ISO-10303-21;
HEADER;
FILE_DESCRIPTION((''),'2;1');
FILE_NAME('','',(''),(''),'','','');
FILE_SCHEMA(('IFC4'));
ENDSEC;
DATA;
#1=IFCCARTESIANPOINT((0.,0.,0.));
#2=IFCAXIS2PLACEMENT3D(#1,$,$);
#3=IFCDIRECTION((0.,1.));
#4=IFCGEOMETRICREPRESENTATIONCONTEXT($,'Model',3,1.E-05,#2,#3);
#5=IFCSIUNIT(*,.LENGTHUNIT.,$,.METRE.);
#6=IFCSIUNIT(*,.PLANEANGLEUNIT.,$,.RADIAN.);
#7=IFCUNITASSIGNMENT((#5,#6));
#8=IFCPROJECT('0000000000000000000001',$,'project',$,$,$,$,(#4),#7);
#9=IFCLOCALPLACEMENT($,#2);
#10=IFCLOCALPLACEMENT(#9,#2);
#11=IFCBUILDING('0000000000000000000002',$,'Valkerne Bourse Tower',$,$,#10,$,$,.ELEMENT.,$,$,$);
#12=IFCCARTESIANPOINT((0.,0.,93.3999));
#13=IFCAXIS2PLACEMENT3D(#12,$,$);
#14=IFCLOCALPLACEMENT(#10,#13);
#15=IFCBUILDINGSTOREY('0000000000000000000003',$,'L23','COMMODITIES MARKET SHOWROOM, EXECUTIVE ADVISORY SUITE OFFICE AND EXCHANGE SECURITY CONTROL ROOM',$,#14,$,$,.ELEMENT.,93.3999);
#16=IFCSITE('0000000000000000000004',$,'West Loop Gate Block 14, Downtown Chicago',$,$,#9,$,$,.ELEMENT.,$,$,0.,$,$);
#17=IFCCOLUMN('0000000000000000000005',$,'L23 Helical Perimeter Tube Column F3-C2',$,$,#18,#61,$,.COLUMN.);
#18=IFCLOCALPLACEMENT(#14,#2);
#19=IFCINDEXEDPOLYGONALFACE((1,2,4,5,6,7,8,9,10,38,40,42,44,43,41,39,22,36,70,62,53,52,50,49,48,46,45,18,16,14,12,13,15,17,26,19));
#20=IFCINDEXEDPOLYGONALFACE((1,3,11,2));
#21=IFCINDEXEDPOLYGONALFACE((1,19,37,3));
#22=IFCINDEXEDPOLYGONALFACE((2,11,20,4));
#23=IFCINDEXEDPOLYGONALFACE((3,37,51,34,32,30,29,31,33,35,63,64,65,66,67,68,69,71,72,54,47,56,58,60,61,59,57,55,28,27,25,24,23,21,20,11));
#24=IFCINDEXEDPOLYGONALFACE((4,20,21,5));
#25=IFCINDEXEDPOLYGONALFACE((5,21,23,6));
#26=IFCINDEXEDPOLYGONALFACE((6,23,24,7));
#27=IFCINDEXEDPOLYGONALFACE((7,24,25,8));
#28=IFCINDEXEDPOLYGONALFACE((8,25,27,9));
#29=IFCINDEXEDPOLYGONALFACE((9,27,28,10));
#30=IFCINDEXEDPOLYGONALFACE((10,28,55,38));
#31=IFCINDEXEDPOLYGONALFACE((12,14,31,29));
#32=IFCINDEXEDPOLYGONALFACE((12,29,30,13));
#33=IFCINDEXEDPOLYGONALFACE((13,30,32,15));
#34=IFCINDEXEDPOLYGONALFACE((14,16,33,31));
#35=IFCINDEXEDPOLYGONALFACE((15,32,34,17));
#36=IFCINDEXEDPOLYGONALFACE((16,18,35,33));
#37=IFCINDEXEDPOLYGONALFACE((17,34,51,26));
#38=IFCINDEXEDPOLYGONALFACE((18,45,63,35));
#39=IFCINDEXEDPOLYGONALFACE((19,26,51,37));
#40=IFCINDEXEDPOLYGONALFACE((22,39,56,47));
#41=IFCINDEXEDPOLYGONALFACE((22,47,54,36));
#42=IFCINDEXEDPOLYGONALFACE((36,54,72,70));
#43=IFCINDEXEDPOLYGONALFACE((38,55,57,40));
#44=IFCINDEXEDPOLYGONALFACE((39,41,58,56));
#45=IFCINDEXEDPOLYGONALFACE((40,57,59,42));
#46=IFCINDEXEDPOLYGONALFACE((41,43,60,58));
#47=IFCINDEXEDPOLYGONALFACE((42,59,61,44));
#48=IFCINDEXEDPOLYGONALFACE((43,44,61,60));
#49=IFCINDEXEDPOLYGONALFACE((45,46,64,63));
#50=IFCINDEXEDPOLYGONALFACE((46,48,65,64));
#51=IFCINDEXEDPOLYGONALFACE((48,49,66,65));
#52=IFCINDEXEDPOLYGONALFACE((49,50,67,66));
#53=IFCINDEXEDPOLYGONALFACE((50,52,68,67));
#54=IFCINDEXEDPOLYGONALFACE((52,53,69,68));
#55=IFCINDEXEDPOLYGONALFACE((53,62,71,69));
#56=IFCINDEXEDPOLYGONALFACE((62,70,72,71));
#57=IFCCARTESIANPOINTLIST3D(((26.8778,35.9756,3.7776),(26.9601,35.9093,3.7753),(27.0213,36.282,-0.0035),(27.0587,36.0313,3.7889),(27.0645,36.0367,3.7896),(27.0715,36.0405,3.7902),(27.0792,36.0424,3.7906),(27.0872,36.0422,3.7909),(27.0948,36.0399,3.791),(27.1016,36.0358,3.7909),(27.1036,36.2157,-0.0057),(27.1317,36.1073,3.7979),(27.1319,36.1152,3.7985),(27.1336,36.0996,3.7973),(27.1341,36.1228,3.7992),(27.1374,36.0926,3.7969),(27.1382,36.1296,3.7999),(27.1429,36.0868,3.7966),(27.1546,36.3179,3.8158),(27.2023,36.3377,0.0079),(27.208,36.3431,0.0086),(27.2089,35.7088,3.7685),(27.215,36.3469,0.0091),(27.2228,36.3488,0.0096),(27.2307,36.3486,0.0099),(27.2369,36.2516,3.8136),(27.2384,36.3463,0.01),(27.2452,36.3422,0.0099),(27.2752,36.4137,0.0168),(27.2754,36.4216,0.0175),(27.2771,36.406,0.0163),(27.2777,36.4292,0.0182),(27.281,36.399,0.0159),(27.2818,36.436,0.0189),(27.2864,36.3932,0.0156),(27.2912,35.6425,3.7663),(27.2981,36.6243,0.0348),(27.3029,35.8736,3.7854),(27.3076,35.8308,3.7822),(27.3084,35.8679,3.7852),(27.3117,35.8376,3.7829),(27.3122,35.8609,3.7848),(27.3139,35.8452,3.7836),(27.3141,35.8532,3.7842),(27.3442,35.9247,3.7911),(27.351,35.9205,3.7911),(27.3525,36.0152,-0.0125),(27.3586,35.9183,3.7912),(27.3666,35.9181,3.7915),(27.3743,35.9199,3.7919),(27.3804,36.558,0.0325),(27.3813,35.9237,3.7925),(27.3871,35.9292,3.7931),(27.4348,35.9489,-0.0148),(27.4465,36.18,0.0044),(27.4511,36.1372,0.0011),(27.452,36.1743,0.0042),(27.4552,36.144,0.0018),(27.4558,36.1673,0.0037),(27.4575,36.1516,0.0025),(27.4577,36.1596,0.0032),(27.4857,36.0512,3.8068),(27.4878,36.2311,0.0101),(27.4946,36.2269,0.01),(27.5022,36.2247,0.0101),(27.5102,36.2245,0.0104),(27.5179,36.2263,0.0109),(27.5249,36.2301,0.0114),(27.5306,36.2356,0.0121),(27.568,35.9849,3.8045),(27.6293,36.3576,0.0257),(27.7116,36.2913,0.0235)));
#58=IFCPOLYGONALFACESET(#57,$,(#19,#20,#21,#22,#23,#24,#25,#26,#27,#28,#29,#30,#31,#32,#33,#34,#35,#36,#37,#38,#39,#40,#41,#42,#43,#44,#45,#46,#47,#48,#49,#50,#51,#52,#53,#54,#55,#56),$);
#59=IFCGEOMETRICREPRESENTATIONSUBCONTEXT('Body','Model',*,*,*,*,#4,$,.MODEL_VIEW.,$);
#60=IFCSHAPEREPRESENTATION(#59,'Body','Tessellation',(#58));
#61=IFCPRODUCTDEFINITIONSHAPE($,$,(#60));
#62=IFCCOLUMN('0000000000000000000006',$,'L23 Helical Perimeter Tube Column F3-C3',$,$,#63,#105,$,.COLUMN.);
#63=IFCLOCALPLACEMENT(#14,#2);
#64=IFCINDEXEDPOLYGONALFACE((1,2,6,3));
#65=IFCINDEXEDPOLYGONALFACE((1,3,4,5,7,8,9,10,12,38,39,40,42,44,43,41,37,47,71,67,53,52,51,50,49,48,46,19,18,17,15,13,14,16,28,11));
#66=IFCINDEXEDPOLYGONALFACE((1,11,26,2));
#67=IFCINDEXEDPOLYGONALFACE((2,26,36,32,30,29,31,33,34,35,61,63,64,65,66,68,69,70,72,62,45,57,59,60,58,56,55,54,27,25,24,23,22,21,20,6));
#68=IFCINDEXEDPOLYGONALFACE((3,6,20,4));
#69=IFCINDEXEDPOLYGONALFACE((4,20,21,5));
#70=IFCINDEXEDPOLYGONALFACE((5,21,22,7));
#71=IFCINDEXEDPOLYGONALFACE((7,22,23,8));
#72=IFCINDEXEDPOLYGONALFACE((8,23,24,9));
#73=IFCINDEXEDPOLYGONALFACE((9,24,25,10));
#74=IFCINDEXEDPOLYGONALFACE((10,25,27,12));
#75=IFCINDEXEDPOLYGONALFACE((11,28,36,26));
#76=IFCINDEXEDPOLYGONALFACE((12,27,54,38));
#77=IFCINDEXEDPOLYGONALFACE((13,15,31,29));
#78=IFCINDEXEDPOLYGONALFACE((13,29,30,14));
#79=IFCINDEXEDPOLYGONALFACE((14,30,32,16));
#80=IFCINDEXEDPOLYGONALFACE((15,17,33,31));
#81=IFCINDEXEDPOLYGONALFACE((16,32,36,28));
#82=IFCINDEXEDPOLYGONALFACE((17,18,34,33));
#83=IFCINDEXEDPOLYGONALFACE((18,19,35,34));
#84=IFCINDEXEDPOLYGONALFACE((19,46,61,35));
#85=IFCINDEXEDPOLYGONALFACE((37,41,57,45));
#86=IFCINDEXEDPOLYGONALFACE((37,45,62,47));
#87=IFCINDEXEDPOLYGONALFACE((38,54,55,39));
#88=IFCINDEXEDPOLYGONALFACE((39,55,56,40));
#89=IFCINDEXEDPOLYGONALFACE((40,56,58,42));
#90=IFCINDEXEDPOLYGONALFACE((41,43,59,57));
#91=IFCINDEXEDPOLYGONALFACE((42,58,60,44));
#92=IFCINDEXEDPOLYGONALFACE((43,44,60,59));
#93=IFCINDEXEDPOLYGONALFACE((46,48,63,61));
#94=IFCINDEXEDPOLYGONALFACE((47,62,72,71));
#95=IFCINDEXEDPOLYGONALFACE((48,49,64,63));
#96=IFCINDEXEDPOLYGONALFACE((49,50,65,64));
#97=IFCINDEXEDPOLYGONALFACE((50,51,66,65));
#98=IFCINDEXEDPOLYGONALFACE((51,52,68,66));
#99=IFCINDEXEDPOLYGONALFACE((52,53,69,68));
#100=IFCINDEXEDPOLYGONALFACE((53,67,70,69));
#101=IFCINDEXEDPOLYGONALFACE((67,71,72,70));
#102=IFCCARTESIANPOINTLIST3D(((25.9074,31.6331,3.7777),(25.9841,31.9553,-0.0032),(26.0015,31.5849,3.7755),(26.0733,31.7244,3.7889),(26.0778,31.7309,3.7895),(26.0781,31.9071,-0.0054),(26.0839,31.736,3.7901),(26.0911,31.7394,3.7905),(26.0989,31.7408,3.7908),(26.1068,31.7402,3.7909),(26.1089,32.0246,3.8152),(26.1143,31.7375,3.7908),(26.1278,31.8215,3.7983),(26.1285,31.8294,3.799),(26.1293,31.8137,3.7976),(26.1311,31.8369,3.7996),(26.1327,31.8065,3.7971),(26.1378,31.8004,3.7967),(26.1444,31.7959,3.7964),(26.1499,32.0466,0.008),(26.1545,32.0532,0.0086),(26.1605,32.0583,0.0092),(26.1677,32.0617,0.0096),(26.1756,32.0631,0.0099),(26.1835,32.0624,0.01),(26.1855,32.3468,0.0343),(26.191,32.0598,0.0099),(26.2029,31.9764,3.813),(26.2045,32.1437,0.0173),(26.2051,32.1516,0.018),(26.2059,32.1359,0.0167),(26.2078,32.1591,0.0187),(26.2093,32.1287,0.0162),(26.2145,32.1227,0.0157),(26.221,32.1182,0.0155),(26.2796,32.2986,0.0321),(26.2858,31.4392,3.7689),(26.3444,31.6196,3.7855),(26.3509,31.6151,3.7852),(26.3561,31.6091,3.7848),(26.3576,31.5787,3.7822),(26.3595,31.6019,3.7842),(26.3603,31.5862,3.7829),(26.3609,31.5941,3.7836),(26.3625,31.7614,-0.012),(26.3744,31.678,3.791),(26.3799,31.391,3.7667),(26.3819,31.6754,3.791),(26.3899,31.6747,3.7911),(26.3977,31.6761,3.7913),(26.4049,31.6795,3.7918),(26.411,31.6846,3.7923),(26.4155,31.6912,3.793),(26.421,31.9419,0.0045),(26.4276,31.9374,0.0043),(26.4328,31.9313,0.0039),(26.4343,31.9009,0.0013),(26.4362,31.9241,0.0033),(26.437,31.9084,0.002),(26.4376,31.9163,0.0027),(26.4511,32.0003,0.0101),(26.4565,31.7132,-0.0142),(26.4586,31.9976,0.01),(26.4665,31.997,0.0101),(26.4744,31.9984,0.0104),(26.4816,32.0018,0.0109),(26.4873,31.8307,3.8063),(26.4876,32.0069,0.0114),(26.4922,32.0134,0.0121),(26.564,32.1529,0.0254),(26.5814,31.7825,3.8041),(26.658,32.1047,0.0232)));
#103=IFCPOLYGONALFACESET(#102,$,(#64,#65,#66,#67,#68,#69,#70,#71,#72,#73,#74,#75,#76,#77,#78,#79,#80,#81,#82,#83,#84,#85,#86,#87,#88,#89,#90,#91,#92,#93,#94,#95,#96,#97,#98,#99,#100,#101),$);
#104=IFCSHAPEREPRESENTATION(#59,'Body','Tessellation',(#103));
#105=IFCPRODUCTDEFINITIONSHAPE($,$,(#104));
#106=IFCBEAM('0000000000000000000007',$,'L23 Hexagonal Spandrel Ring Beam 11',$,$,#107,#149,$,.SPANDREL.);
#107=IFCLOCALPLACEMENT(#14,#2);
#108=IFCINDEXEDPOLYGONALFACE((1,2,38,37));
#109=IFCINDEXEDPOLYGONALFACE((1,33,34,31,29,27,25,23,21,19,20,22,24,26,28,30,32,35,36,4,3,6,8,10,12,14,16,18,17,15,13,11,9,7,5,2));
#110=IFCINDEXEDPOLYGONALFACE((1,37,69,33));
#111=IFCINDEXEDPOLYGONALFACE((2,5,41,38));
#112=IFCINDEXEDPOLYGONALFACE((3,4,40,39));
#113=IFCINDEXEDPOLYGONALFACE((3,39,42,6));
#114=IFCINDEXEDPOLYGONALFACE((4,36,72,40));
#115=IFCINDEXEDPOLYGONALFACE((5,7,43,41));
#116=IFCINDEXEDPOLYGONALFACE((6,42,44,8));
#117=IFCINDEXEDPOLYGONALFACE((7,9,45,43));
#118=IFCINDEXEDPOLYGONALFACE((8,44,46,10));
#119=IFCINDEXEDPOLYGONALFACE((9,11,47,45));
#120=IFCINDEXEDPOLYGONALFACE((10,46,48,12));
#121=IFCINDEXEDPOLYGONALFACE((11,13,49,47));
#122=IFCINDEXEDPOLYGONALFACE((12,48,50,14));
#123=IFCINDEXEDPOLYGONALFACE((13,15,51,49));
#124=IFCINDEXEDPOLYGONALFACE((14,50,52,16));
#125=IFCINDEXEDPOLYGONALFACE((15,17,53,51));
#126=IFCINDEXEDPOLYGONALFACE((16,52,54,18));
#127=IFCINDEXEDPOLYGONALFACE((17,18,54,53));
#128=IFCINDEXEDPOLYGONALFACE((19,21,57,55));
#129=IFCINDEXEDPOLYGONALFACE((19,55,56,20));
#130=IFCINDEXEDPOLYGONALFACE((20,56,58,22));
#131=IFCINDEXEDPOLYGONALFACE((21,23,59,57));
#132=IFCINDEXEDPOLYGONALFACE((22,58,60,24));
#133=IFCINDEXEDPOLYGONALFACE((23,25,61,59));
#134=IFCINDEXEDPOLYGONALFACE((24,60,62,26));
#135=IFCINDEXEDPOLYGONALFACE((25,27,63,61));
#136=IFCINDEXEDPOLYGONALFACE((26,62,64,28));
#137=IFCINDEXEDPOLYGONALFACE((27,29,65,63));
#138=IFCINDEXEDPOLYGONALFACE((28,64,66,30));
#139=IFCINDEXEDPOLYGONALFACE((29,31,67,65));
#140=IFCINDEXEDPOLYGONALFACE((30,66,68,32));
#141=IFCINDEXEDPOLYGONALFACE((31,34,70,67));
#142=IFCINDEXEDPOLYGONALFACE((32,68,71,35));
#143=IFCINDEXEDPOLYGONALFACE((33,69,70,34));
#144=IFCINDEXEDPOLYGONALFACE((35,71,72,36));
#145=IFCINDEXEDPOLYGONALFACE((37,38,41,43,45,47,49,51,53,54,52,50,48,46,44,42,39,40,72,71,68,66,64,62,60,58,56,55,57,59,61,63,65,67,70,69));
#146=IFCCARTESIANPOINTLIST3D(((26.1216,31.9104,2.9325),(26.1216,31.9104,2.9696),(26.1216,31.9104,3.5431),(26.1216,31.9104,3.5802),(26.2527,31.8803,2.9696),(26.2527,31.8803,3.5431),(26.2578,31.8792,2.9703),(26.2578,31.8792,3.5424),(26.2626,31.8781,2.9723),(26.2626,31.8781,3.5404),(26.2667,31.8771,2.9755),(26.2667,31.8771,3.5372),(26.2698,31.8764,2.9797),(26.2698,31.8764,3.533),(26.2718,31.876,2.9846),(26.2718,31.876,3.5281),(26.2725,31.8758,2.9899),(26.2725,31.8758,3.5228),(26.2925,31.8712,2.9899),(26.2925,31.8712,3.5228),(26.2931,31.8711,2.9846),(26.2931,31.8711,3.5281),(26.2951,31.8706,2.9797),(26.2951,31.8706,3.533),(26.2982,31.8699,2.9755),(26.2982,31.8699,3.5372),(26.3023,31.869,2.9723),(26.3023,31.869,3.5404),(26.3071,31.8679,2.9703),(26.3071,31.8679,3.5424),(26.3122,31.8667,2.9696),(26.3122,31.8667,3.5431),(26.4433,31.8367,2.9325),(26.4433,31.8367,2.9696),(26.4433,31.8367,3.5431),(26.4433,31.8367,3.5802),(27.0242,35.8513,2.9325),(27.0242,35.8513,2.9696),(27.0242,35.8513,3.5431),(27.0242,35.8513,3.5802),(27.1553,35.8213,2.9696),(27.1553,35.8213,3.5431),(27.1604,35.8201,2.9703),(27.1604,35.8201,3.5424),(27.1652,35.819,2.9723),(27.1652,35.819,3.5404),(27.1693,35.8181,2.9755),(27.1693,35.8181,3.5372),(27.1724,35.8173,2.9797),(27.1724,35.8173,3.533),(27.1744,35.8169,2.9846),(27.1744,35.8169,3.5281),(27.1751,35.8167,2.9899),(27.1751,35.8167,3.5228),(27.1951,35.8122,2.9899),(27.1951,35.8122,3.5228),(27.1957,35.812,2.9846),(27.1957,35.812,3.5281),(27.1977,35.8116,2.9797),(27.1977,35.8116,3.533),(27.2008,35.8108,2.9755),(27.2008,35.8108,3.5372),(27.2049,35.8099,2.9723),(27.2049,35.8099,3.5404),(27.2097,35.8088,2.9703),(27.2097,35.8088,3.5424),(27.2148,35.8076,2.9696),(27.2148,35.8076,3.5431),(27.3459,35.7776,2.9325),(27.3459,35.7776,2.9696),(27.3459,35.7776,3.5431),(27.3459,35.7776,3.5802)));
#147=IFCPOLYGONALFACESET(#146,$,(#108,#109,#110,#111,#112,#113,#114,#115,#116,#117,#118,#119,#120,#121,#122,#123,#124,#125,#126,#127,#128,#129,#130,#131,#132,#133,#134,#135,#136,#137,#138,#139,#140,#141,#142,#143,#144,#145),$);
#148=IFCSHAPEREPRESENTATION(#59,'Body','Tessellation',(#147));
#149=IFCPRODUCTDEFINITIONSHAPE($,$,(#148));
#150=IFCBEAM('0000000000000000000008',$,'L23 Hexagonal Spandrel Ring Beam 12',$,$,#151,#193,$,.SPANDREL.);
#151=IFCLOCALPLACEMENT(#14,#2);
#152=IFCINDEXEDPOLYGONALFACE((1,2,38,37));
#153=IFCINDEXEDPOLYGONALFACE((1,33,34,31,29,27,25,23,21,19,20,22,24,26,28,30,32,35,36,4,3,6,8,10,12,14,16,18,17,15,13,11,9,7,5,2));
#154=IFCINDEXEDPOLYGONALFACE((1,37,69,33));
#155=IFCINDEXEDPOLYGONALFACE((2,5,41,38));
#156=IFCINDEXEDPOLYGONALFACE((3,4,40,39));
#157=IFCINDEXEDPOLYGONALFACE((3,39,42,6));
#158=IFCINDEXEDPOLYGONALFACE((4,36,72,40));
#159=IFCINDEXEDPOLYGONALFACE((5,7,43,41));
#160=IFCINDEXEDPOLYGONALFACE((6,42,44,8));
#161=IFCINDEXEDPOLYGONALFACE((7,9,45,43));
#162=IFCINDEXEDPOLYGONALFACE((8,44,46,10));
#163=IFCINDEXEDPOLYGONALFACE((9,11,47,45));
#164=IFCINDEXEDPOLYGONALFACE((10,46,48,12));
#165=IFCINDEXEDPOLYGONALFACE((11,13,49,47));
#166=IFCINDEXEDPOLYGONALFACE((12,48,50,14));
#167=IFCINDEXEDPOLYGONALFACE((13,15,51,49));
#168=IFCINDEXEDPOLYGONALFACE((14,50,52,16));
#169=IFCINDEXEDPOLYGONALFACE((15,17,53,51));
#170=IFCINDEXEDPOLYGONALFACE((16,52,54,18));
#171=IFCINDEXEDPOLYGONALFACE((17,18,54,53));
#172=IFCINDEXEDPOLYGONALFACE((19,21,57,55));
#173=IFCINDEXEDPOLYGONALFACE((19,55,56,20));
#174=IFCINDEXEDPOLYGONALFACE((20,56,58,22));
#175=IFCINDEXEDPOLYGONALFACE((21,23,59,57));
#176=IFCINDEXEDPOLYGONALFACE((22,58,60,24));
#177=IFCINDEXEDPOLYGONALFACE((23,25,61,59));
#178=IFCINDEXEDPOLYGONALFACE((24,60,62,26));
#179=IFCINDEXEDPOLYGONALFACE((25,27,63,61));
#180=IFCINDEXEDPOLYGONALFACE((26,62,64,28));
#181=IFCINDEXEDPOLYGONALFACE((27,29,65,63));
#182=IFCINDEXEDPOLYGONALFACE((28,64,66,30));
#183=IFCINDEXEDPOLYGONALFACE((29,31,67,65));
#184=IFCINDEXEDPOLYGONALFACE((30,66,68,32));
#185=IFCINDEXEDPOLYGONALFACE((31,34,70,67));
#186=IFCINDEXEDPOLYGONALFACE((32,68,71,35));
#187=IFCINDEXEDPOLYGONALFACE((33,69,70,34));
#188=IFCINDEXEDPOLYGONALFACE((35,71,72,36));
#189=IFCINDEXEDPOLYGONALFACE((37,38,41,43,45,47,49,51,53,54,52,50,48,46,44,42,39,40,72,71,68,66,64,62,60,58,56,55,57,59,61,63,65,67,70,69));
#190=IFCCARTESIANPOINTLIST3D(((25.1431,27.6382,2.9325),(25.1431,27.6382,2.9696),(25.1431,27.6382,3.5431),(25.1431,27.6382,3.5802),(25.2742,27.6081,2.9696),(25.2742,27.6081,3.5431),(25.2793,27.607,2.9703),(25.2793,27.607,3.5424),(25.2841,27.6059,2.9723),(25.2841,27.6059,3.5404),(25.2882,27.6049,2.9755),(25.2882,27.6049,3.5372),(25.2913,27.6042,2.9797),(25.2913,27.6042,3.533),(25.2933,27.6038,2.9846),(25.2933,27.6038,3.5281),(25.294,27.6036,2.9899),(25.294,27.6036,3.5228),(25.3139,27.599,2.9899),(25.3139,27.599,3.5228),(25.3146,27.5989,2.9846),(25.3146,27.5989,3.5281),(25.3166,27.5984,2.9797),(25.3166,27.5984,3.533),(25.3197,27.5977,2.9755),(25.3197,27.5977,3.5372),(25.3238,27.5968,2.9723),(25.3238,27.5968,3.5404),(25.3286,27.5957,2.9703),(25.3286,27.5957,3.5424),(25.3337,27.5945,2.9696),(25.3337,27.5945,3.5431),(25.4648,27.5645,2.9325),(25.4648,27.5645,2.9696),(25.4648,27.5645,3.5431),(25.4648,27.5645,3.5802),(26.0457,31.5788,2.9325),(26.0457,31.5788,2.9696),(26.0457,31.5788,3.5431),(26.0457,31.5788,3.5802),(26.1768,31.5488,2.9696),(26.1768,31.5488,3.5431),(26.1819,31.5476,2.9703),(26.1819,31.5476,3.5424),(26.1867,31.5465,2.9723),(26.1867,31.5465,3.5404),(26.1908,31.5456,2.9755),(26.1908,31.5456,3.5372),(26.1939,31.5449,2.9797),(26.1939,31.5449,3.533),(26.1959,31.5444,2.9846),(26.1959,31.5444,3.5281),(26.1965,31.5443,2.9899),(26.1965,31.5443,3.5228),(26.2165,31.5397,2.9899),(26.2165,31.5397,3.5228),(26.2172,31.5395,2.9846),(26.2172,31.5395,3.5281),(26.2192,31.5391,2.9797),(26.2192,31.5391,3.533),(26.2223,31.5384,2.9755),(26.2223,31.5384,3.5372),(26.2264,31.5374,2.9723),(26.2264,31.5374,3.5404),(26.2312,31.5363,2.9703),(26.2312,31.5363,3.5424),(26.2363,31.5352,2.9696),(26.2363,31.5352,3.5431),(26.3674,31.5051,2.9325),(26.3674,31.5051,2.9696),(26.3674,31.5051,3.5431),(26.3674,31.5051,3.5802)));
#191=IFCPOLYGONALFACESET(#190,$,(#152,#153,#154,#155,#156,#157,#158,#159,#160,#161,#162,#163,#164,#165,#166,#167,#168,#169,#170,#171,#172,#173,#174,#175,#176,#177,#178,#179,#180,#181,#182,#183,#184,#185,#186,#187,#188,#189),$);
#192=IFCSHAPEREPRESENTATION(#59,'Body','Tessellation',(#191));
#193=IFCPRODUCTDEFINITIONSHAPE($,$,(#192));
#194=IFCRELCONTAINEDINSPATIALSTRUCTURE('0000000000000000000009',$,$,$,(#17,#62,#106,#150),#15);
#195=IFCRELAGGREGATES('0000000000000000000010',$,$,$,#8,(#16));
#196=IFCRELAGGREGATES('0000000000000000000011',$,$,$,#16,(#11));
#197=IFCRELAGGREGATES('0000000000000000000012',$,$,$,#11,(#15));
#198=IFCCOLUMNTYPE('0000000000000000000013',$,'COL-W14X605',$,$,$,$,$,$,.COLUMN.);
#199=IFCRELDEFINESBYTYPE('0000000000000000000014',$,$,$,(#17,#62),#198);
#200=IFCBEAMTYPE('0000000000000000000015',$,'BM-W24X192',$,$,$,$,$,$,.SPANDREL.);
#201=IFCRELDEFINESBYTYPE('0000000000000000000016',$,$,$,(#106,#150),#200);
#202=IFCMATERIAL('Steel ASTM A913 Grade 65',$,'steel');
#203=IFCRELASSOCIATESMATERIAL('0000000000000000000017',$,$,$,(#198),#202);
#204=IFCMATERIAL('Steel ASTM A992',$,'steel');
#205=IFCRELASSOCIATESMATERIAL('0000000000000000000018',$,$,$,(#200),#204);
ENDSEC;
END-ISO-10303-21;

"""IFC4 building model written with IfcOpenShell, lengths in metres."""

from ifc_helpers import new_model, si_unit, direction, frame, origin, origin_2d, place, context, subcontext, project, spatial, i_section, extrude, material, material_profile, profile_set, type_object, element, save


model = new_model("IFC4")

# Units and contexts
model_context = context("Model", 3, precision=1e-05, world=origin(), true_north=direction((0.0, 1.0)))
body_context = subcontext(model_context, "Body", "Model", "MODEL_VIEW")
ifc_project = project(units=[si_unit("LENGTHUNIT", "METRE"), si_unit("PLANEANGLEUNIT", "RADIAN")], contexts=[model_context])

# Site, building, storey
site_placement = place(None, origin())
site = spatial("IfcSite", under=ifc_project, at=site_placement, Name="West Loop Gate Block 14, Downtown Chicago", CompositionType="ELEMENT", RefElevation=0.0)
building_placement = place(site_placement, origin())
building = spatial("IfcBuilding", under=site, at=building_placement, Name="Valkerne Bourse Tower", CompositionType="ELEMENT")
storey_placement = place(building_placement, frame((0.0, 0.0, 93.3999)))
storey = spatial("IfcBuildingStorey", under=building, at=storey_placement, Name="L23", Description="COMMODITIES MARKET SHOWROOM, EXECUTIVE ADVISORY SUITE OFFICE AND EXCHANGE SECURITY CONTROL ROOM", CompositionType="ELEMENT", Elevation=93.3999)

# Columns
ifc_material_1 = material(Name="Steel ASTM A913 Grade 65", Category="steel")
ifc_material_profile_1 = material_profile(ifc_material_1, i_section(OverallWidth=0.4419, OverallDepth=0.531, WebThickness=0.0659, FlangeThickness=0.1057, FilletRadius=0.0305, at=origin_2d()), Name="W14X605")
ifc_profile_set_1 = profile_set([ifc_material_profile_1], Name="Steel ASTM A913 Grade 65")
column_type = type_object("IfcColumnType", Name="COL-W14X605", PredefinedType="COLUMN", material=ifc_profile_set_1)
column_1_placement = place(storey_placement, frame((27.3665, 36.2866, 0.01), z_axis=(-0.037816, -0.080713, 0.99602), x_axis=(-0.626382, -0.774696, -0.08656)))
element("IfcColumn", 1, at=column_1_placement, inside=storey, type_object=column_type, Name="L23 Helical Perimeter Tube Column F3-C2", PredefinedType="COLUMN", context=body_context, shape_type="SweptSolid", body=[
    extrude(i_section(OverallWidth=0.4419, OverallDepth=0.531, WebThickness=0.0659, FlangeThickness=0.1057, FilletRadius=0.0305, at=origin_2d()), origin(), (0.0, 0.0, 1.0), 3.7961),
])
column_2_placement = place(storey_placement, frame((26.321, 32.03, 0.01), z_axis=(-0.020198, -0.084908, 0.996184), x_axis=(-0.455942, -0.885965, -0.084757)))
element("IfcColumn", 2, at=column_2_placement, inside=storey, type_object=column_type, Name="L23 Helical Perimeter Tube Column F3-C3", PredefinedType="COLUMN", context=body_context, shape_type="SweptSolid", body=[
    extrude(i_section(OverallWidth=0.4419, OverallDepth=0.531, WebThickness=0.0659, FlangeThickness=0.1057, FilletRadius=0.0305, at=origin_2d()), origin(), (0.0, 0.0, 1.0), 3.7954),
])

# Beams
ifc_material_2 = material(Name="Steel ASTM A992", Category="steel")
ifc_material_profile_2 = material_profile(ifc_material_2, i_section(OverallWidth=0.3301, OverallDepth=0.6477, WebThickness=0.0205, FlangeThickness=0.0371, FilletRadius=0.0203, at=origin_2d()), Name="W24X192")
ifc_profile_set_2 = profile_set([ifc_material_profile_2], Name="Steel ASTM A992")
beam_type_1 = type_object("IfcBeamType", Name="BM-W24X192", PredefinedType="SPANDREL", material=ifc_profile_set_2)
beam_1_placement = place(storey_placement, frame((27.1851, 35.8145, 3.2563), z_axis=(-0.223249, -0.974761, 0.0), x_axis=(0.974761, -0.223249, 0.0)))
element("IfcBeam", 3, at=beam_1_placement, inside=storey, type_object=beam_type_1, Name="L23 Hexagonal Spandrel Ring Beam 11", PredefinedType="SPANDREL", context=body_context, shape_type="SweptSolid", body=[
    extrude(i_section(OverallWidth=0.3301, OverallDepth=0.6477, WebThickness=0.0205, FlangeThickness=0.0371, FilletRadius=0.0203, at=origin_2d()), origin(), (0.0, 0.0, 1.0), 4.043),
])
beam_2_placement = place(storey_placement, frame((26.2065, 31.542, 3.2563), z_axis=(-0.223263, -0.974758, 0.0), x_axis=(0.974758, -0.223263, 0.0)))
element("IfcBeam", 4, at=beam_2_placement, inside=storey, type_object=beam_type_1, Name="L23 Hexagonal Spandrel Ring Beam 12", PredefinedType="SPANDREL", context=body_context, shape_type="SweptSolid", body=[
    extrude(i_section(OverallWidth=0.3301, OverallDepth=0.6477, WebThickness=0.0205, FlangeThickness=0.0371, FilletRadius=0.0203, at=origin_2d()), origin(), (0.0, 0.0, 1.0), 4.0427),
])

save(model, "model.ifc")
